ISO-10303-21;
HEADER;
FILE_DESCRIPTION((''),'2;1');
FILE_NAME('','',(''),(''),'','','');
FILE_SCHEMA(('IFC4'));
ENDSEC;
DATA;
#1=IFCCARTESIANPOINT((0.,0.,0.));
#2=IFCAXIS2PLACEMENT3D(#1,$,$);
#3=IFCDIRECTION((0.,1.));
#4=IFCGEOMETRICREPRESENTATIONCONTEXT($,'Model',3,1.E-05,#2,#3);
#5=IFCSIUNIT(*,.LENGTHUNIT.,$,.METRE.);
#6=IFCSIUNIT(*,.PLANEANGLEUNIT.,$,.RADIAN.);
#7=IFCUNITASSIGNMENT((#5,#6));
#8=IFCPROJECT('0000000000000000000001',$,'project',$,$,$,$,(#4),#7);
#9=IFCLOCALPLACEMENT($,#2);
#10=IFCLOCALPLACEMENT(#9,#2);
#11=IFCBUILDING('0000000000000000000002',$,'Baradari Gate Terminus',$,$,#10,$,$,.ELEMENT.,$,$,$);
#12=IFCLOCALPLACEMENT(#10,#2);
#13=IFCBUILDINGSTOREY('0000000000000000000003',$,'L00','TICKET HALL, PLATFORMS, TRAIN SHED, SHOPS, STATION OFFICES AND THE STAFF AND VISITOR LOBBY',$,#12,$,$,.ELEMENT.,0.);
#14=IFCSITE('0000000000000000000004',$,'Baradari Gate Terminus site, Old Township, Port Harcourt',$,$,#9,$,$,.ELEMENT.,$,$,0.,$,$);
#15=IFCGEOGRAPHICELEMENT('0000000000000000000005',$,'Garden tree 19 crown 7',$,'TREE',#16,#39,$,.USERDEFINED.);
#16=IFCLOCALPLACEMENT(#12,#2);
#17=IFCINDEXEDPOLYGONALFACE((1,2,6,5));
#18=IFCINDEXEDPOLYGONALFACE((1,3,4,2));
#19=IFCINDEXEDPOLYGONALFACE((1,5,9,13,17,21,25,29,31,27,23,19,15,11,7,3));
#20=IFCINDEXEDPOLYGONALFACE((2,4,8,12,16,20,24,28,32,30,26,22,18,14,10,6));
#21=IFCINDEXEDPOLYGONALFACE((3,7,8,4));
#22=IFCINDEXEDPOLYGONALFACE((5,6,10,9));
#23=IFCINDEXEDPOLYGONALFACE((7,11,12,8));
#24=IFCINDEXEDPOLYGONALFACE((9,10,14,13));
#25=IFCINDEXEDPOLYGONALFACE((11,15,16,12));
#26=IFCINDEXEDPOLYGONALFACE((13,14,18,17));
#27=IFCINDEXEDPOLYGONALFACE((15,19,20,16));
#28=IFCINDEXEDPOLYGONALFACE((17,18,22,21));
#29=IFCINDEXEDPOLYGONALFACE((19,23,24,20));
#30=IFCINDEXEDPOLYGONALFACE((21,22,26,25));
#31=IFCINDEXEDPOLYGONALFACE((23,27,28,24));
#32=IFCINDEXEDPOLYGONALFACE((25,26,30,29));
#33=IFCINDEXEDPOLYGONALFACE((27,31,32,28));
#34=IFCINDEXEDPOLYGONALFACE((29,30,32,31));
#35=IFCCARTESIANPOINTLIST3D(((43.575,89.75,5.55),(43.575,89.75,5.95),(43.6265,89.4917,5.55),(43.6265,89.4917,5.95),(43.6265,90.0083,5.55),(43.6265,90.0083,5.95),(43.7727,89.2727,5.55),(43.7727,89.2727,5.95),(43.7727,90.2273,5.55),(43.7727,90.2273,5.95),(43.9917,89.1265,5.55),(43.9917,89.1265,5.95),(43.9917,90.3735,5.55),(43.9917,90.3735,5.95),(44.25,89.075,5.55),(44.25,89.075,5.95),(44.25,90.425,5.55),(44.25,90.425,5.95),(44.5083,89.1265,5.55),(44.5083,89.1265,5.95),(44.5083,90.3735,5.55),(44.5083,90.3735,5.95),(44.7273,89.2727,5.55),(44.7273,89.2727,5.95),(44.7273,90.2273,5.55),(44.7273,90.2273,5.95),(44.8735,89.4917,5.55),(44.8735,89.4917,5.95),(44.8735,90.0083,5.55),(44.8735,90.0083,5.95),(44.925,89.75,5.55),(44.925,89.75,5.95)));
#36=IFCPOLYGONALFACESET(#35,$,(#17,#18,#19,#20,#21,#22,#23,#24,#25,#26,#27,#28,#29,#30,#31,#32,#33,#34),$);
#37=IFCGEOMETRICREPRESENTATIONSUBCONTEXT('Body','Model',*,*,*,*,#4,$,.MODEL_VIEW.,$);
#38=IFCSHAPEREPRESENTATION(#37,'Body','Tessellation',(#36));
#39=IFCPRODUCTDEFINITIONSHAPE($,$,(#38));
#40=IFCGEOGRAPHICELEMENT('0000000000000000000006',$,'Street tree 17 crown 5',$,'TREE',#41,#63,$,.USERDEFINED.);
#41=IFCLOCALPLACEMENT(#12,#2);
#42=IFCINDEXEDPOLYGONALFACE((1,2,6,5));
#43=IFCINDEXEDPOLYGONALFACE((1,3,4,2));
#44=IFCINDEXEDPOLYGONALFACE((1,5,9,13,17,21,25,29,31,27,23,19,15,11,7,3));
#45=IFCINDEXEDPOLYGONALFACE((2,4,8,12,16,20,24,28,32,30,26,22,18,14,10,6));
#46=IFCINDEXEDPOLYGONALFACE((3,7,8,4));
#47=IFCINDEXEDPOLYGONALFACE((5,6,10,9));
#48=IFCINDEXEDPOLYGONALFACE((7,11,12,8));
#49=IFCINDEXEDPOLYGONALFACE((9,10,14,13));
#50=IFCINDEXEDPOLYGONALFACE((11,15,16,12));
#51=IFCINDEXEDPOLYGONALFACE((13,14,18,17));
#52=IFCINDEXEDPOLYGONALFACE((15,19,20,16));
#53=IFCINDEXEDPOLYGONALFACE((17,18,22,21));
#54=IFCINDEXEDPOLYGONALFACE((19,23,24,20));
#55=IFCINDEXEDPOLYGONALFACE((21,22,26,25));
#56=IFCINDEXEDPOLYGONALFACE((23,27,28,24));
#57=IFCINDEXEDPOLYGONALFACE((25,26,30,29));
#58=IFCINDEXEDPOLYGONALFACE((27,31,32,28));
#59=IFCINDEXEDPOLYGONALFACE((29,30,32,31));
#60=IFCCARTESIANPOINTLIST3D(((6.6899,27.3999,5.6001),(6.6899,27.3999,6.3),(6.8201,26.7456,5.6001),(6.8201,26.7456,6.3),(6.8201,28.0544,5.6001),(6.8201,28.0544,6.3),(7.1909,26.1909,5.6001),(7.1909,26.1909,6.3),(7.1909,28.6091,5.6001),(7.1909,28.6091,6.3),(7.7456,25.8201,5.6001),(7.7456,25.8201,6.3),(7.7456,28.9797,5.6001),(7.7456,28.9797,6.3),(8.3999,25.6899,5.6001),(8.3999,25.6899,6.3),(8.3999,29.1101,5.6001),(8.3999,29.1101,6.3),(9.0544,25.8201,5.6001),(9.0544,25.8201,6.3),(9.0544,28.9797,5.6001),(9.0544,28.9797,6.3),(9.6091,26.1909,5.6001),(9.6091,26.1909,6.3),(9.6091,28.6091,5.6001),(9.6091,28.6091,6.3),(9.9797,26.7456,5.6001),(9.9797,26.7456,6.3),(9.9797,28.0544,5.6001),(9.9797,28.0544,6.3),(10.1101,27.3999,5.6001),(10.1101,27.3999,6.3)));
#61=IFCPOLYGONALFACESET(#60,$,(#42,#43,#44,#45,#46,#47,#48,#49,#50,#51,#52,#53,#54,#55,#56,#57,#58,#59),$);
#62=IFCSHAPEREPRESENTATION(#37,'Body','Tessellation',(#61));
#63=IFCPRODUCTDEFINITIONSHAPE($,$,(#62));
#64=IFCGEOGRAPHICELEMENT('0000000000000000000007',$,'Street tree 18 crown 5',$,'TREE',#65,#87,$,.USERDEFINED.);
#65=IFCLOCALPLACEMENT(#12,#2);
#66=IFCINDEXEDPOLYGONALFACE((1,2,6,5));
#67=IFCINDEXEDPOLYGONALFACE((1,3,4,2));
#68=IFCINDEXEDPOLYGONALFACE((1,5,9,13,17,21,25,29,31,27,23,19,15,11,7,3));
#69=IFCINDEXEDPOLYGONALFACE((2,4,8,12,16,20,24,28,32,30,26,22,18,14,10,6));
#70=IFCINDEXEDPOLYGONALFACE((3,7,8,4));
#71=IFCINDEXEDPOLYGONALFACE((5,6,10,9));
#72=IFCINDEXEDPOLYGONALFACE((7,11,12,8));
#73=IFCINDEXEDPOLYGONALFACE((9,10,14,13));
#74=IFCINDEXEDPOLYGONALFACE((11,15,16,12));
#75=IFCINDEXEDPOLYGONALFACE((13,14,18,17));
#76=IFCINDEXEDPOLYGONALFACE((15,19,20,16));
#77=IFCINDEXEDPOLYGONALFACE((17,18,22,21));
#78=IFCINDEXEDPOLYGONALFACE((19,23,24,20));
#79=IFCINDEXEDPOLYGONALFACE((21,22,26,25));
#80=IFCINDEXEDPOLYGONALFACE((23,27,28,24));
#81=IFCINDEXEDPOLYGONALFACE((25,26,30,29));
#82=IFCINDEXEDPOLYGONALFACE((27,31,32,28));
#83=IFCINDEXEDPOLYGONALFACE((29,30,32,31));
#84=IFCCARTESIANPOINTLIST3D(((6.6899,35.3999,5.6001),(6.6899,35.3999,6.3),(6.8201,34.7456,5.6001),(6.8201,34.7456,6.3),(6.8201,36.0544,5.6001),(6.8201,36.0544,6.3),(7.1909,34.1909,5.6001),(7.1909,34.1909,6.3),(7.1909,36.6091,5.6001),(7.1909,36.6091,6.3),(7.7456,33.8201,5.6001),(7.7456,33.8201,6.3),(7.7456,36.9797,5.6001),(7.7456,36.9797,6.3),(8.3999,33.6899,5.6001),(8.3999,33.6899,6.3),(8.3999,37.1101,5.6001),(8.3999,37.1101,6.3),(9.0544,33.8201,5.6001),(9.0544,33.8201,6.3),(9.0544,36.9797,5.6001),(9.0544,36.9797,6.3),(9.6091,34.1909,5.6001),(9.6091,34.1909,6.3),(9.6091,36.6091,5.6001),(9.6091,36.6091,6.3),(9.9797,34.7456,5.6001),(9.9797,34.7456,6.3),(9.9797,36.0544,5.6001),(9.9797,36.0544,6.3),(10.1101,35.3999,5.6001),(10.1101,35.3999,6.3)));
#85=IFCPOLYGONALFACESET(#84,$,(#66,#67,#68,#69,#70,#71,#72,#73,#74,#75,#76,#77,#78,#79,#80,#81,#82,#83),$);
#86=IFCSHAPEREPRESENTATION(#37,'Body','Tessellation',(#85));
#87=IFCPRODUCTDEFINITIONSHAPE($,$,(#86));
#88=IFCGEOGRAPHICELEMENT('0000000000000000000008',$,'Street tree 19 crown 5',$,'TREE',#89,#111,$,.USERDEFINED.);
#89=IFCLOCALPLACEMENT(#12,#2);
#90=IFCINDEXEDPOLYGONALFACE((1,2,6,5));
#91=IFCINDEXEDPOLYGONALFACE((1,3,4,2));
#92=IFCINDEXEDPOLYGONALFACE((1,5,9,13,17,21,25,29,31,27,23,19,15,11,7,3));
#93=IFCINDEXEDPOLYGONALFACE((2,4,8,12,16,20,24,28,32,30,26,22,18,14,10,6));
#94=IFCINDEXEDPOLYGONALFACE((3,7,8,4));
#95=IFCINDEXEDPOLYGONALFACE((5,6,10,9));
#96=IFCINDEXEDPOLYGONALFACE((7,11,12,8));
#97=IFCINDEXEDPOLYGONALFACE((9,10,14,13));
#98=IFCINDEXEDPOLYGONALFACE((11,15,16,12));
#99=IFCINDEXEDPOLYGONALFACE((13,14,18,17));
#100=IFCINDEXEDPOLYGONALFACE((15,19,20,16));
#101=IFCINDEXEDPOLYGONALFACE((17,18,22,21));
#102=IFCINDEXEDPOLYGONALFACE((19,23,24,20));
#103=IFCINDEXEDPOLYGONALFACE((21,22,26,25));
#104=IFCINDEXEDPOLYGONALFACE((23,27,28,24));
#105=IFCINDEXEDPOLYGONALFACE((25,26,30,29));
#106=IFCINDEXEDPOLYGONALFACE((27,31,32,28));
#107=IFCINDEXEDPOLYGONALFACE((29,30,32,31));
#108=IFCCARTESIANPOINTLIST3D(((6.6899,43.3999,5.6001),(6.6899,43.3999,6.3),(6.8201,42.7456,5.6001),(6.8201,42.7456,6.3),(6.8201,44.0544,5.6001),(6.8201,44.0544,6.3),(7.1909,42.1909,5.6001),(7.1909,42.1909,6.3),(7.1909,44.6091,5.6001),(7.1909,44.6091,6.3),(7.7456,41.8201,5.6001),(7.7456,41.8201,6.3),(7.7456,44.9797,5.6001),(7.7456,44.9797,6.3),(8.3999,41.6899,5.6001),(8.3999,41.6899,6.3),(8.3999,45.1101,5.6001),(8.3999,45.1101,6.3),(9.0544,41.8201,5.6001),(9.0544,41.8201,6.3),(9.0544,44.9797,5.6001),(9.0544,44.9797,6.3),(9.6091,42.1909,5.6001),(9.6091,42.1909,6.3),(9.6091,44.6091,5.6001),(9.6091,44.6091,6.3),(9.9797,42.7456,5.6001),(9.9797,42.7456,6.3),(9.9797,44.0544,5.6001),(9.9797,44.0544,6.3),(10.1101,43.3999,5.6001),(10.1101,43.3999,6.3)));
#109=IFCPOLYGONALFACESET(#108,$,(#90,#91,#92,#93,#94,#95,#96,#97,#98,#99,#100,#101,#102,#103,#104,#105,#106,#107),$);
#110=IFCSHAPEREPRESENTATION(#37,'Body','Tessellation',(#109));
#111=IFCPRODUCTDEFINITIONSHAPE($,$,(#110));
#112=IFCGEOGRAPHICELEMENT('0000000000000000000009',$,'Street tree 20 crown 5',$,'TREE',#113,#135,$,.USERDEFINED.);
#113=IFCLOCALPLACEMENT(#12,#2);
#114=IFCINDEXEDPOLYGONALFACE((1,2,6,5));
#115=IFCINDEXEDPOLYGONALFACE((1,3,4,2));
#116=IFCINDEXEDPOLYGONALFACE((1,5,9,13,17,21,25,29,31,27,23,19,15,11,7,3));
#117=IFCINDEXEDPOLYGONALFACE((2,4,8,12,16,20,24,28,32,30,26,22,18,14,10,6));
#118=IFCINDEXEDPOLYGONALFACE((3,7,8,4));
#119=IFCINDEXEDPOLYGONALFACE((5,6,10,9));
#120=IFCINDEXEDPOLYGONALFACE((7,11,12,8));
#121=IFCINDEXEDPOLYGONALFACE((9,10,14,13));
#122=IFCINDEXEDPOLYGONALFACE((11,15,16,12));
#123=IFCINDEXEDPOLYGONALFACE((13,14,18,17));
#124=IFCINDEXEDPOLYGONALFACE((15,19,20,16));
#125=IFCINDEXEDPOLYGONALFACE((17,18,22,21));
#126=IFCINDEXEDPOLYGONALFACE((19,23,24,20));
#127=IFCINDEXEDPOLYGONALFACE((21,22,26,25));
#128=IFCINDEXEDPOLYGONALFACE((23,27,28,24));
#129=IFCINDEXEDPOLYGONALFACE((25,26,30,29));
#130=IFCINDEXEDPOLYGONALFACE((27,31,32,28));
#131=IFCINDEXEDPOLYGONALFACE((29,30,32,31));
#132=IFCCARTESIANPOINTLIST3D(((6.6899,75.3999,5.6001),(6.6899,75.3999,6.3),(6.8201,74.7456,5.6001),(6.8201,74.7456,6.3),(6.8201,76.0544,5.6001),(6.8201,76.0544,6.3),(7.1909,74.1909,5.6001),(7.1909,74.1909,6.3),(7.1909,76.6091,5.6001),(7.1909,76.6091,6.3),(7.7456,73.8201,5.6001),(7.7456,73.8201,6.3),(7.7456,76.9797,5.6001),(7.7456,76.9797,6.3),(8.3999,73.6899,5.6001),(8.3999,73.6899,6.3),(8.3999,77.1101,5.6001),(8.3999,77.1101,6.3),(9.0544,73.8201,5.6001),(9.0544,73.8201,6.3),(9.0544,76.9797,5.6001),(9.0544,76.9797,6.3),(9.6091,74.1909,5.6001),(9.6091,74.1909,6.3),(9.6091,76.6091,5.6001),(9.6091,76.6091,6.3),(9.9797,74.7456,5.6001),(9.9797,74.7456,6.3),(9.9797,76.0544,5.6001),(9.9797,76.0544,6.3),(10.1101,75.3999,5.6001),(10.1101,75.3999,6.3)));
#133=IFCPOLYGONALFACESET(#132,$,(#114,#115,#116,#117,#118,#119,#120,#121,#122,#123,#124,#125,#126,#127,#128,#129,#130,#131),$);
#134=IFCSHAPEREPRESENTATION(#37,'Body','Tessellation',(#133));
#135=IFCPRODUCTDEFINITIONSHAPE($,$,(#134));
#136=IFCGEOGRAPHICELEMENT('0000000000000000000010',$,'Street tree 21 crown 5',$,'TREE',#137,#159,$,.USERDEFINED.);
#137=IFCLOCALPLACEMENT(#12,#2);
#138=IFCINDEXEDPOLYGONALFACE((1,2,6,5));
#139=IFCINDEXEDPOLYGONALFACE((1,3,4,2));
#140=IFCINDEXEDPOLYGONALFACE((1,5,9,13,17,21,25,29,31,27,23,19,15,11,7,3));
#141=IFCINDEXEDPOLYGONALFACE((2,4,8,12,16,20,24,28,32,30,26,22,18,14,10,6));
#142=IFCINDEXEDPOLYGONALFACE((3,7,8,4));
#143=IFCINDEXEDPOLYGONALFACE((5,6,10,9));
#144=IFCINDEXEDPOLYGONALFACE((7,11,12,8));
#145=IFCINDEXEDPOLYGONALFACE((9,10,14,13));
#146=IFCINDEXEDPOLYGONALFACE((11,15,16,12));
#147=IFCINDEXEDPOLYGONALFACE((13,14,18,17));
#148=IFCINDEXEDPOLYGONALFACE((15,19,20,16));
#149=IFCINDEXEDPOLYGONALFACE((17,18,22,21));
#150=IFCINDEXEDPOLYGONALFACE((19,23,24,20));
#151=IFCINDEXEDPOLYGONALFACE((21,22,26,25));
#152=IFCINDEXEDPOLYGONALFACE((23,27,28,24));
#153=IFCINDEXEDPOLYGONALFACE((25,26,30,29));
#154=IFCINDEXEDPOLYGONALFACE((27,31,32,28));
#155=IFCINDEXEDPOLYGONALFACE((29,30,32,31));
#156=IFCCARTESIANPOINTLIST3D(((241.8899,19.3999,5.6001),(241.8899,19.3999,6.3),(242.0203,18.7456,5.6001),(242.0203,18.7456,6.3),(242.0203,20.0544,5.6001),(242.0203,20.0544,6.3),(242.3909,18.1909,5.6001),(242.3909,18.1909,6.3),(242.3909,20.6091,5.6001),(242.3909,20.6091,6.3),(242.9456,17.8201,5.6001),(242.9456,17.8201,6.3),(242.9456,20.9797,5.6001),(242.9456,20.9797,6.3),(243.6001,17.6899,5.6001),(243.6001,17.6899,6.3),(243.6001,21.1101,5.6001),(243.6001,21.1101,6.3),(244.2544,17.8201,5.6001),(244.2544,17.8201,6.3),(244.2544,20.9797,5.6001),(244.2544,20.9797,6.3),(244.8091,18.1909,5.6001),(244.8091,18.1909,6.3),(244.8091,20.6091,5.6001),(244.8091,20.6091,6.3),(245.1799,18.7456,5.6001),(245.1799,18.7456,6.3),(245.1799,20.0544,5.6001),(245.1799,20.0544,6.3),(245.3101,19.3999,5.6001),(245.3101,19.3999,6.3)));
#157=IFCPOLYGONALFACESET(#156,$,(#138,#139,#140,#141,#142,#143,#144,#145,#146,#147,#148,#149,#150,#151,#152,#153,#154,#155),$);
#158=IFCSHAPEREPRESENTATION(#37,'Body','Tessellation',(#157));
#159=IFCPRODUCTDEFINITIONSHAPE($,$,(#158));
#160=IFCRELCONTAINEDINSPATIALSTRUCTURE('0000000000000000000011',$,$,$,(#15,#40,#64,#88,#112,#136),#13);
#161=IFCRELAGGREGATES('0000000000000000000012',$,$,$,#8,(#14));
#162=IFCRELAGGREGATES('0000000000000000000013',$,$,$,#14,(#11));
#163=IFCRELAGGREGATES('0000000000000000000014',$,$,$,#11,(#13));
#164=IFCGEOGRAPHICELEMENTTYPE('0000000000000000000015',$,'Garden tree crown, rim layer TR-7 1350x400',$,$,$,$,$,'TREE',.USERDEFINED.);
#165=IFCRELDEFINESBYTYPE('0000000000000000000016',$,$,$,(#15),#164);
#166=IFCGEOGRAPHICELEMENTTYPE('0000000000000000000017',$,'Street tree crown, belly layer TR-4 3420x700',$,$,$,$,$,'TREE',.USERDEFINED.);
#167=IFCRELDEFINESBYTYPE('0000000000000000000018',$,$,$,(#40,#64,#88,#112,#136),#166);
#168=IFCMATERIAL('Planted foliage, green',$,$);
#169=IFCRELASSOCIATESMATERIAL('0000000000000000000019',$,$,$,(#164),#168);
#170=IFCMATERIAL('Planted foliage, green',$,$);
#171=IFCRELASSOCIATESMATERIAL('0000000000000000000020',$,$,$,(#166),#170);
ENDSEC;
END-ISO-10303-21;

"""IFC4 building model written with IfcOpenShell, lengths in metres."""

from ifc_helpers import new_model, si_unit, direction, frame, origin, place, context, subcontext, project, spatial, polyline, outline, extrude, material, type_object, element, save


model = new_model("IFC4")

# Units and contexts
model_context = context("Model", 3, precision=1e-05, world=origin(), true_north=direction((0.0, 1.0)))
body_context = subcontext(model_context, "Body", "Model", "MODEL_VIEW")
ifc_project = project(units=[si_unit("LENGTHUNIT", "METRE"), si_unit("PLANEANGLEUNIT", "RADIAN")], contexts=[model_context])

# Site, building, storey
site_placement = place(None, origin())
site = spatial("IfcSite", under=ifc_project, at=site_placement, Name="Baradari Gate Terminus site, Old Township, Port Harcourt", CompositionType="ELEMENT", RefElevation=0.0)
building_placement = place(site_placement, origin())
building = spatial("IfcBuilding", under=site, at=building_placement, Name="Baradari Gate Terminus", CompositionType="ELEMENT")
storey_placement = place(building_placement, origin())
storey = spatial("IfcBuildingStorey", under=building, at=storey_placement, Name="L00", Description="TICKET HALL, PLATFORMS, TRAIN SHED, SHOPS, STATION OFFICES AND THE STAFF AND VISITOR LOBBY", CompositionType="ELEMENT", Elevation=0.0)

# Geographic elements
ifc_material_1 = material(Name="Planted foliage, green")
geographic_element_type_1 = type_object("IfcGeographicElementType", Name="Garden tree crown, rim layer TR-7 1350x400", ElementType="TREE", PredefinedType="USERDEFINED", material=ifc_material_1)
geographic_element_1_placement = place(storey_placement, frame((0.0, 0.0, 5.55)))
element("IfcGeographicElement", 1, at=geographic_element_1_placement, inside=storey, type_object=geographic_element_type_1, Name="Garden tree 19 crown 7", ObjectType="TREE", PredefinedType="USERDEFINED", context=body_context, shape_type="SweptSolid", body=[
    extrude(outline(polyline([(44.925, 89.75), (44.8735, 90.0083), (44.7273, 90.2273), (44.5083, 90.3735), (44.25, 90.425), (43.9917, 90.3735), (43.7727, 90.2273), (43.6265, 90.0083), (43.575, 89.75), (43.6265, 89.4917), (43.7727, 89.2727), (43.9917, 89.1265), (44.25, 89.075), (44.5083, 89.1265), (44.7273, 89.2727), (44.8735, 89.4917), (44.925, 89.75)])), origin(), (0.0, 0.0, 1.0), 0.3999),
])
ifc_material_2 = material(Name="Planted foliage, green")
geographic_element_type_2 = type_object("IfcGeographicElementType", Name="Street tree crown, belly layer TR-4 3420x700", ElementType="TREE", PredefinedType="USERDEFINED", material=ifc_material_2)
geographic_element_2_placement = place(storey_placement, frame((0.0, 0.0, 5.6001)))
element("IfcGeographicElement", 2, at=geographic_element_2_placement, inside=storey, type_object=geographic_element_type_2, Name="Street tree 17 crown 5", ObjectType="TREE", PredefinedType="USERDEFINED", context=body_context, shape_type="SweptSolid", body=[
    extrude(outline(polyline([(10.1101, 27.3999), (9.9797, 28.0544), (9.6091, 28.6091), (9.0544, 28.9797), (8.3999, 29.1101), (7.7456, 28.9797), (7.1909, 28.6091), (6.8201, 28.0544), (6.6899, 27.3999), (6.8201, 26.7456), (7.1909, 26.1909), (7.7456, 25.8201), (8.3999, 25.6899), (9.0544, 25.8201), (9.6091, 26.1909), (9.9797, 26.7456), (10.1101, 27.3999)])), origin(), (0.0, 0.0, 1.0), 0.7),
])
geographic_element_3_placement = place(storey_placement, frame((0.0, 0.0, 5.6001)))
element("IfcGeographicElement", 3, at=geographic_element_3_placement, inside=storey, type_object=geographic_element_type_2, Name="Street tree 18 crown 5", ObjectType="TREE", PredefinedType="USERDEFINED", context=body_context, shape_type="SweptSolid", body=[
    extrude(outline(polyline([(10.1101, 35.3999), (9.9797, 36.0544), (9.6091, 36.6091), (9.0544, 36.9797), (8.3999, 37.1101), (7.7456, 36.9797), (7.1909, 36.6091), (6.8201, 36.0544), (6.6899, 35.3999), (6.8201, 34.7456), (7.1909, 34.1909), (7.7456, 33.8201), (8.3999, 33.6899), (9.0544, 33.8201), (9.6091, 34.1909), (9.9797, 34.7456), (10.1101, 35.3999)])), origin(), (0.0, 0.0, 1.0), 0.7),
])
geographic_element_4_placement = place(storey_placement, frame((0.0, 0.0, 5.6001)))
element("IfcGeographicElement", 4, at=geographic_element_4_placement, inside=storey, type_object=geographic_element_type_2, Name="Street tree 19 crown 5", ObjectType="TREE", PredefinedType="USERDEFINED", context=body_context, shape_type="SweptSolid", body=[
    extrude(outline(polyline([(10.1101, 43.3999), (9.9797, 44.0544), (9.6091, 44.6091), (9.0544, 44.9797), (8.3999, 45.1101), (7.7456, 44.9797), (7.1909, 44.6091), (6.8201, 44.0544), (6.6899, 43.3999), (6.8201, 42.7456), (7.1909, 42.1909), (7.7456, 41.8201), (8.3999, 41.6899), (9.0544, 41.8201), (9.6091, 42.1909), (9.9797, 42.7456), (10.1101, 43.3999)])), origin(), (0.0, 0.0, 1.0), 0.7),
])
geographic_element_5_placement = place(storey_placement, frame((0.0, 0.0, 5.6001)))
element("IfcGeographicElement", 5, at=geographic_element_5_placement, inside=storey, type_object=geographic_element_type_2, Name="Street tree 20 crown 5", ObjectType="TREE", PredefinedType="USERDEFINED", context=body_context, shape_type="SweptSolid", body=[
    extrude(outline(polyline([(10.1101, 75.3999), (9.9797, 76.0544), (9.6091, 76.6091), (9.0544, 76.9797), (8.3999, 77.1101), (7.7456, 76.9797), (7.1909, 76.6091), (6.8201, 76.0544), (6.6899, 75.3999), (6.8201, 74.7456), (7.1909, 74.1909), (7.7456, 73.8201), (8.3999, 73.6899), (9.0544, 73.8201), (9.6091, 74.1909), (9.9797, 74.7456), (10.1101, 75.3999)])), origin(), (0.0, 0.0, 1.0), 0.7),
])
geographic_element_6_placement = place(storey_placement, frame((0.0, 0.0, 5.6001)))
element("IfcGeographicElement", 6, at=geographic_element_6_placement, inside=storey, type_object=geographic_element_type_2, Name="Street tree 21 crown 5", ObjectType="TREE", PredefinedType="USERDEFINED", context=body_context, shape_type="SweptSolid", body=[
    extrude(outline(polyline([(245.3101, 19.3999), (245.1799, 20.0544), (244.8091, 20.6091), (244.2544, 20.9797), (243.6001, 21.1101), (242.9456, 20.9797), (242.3909, 20.6091), (242.0203, 20.0544), (241.8899, 19.3999), (242.0203, 18.7456), (242.3909, 18.1909), (242.9456, 17.8201), (243.6001, 17.6899), (244.2544, 17.8201), (244.8091, 18.1909), (245.1799, 18.7456), (245.3101, 19.3999)])), origin(), (0.0, 0.0, 1.0), 0.7),
])

save(model, "model.ifc")
